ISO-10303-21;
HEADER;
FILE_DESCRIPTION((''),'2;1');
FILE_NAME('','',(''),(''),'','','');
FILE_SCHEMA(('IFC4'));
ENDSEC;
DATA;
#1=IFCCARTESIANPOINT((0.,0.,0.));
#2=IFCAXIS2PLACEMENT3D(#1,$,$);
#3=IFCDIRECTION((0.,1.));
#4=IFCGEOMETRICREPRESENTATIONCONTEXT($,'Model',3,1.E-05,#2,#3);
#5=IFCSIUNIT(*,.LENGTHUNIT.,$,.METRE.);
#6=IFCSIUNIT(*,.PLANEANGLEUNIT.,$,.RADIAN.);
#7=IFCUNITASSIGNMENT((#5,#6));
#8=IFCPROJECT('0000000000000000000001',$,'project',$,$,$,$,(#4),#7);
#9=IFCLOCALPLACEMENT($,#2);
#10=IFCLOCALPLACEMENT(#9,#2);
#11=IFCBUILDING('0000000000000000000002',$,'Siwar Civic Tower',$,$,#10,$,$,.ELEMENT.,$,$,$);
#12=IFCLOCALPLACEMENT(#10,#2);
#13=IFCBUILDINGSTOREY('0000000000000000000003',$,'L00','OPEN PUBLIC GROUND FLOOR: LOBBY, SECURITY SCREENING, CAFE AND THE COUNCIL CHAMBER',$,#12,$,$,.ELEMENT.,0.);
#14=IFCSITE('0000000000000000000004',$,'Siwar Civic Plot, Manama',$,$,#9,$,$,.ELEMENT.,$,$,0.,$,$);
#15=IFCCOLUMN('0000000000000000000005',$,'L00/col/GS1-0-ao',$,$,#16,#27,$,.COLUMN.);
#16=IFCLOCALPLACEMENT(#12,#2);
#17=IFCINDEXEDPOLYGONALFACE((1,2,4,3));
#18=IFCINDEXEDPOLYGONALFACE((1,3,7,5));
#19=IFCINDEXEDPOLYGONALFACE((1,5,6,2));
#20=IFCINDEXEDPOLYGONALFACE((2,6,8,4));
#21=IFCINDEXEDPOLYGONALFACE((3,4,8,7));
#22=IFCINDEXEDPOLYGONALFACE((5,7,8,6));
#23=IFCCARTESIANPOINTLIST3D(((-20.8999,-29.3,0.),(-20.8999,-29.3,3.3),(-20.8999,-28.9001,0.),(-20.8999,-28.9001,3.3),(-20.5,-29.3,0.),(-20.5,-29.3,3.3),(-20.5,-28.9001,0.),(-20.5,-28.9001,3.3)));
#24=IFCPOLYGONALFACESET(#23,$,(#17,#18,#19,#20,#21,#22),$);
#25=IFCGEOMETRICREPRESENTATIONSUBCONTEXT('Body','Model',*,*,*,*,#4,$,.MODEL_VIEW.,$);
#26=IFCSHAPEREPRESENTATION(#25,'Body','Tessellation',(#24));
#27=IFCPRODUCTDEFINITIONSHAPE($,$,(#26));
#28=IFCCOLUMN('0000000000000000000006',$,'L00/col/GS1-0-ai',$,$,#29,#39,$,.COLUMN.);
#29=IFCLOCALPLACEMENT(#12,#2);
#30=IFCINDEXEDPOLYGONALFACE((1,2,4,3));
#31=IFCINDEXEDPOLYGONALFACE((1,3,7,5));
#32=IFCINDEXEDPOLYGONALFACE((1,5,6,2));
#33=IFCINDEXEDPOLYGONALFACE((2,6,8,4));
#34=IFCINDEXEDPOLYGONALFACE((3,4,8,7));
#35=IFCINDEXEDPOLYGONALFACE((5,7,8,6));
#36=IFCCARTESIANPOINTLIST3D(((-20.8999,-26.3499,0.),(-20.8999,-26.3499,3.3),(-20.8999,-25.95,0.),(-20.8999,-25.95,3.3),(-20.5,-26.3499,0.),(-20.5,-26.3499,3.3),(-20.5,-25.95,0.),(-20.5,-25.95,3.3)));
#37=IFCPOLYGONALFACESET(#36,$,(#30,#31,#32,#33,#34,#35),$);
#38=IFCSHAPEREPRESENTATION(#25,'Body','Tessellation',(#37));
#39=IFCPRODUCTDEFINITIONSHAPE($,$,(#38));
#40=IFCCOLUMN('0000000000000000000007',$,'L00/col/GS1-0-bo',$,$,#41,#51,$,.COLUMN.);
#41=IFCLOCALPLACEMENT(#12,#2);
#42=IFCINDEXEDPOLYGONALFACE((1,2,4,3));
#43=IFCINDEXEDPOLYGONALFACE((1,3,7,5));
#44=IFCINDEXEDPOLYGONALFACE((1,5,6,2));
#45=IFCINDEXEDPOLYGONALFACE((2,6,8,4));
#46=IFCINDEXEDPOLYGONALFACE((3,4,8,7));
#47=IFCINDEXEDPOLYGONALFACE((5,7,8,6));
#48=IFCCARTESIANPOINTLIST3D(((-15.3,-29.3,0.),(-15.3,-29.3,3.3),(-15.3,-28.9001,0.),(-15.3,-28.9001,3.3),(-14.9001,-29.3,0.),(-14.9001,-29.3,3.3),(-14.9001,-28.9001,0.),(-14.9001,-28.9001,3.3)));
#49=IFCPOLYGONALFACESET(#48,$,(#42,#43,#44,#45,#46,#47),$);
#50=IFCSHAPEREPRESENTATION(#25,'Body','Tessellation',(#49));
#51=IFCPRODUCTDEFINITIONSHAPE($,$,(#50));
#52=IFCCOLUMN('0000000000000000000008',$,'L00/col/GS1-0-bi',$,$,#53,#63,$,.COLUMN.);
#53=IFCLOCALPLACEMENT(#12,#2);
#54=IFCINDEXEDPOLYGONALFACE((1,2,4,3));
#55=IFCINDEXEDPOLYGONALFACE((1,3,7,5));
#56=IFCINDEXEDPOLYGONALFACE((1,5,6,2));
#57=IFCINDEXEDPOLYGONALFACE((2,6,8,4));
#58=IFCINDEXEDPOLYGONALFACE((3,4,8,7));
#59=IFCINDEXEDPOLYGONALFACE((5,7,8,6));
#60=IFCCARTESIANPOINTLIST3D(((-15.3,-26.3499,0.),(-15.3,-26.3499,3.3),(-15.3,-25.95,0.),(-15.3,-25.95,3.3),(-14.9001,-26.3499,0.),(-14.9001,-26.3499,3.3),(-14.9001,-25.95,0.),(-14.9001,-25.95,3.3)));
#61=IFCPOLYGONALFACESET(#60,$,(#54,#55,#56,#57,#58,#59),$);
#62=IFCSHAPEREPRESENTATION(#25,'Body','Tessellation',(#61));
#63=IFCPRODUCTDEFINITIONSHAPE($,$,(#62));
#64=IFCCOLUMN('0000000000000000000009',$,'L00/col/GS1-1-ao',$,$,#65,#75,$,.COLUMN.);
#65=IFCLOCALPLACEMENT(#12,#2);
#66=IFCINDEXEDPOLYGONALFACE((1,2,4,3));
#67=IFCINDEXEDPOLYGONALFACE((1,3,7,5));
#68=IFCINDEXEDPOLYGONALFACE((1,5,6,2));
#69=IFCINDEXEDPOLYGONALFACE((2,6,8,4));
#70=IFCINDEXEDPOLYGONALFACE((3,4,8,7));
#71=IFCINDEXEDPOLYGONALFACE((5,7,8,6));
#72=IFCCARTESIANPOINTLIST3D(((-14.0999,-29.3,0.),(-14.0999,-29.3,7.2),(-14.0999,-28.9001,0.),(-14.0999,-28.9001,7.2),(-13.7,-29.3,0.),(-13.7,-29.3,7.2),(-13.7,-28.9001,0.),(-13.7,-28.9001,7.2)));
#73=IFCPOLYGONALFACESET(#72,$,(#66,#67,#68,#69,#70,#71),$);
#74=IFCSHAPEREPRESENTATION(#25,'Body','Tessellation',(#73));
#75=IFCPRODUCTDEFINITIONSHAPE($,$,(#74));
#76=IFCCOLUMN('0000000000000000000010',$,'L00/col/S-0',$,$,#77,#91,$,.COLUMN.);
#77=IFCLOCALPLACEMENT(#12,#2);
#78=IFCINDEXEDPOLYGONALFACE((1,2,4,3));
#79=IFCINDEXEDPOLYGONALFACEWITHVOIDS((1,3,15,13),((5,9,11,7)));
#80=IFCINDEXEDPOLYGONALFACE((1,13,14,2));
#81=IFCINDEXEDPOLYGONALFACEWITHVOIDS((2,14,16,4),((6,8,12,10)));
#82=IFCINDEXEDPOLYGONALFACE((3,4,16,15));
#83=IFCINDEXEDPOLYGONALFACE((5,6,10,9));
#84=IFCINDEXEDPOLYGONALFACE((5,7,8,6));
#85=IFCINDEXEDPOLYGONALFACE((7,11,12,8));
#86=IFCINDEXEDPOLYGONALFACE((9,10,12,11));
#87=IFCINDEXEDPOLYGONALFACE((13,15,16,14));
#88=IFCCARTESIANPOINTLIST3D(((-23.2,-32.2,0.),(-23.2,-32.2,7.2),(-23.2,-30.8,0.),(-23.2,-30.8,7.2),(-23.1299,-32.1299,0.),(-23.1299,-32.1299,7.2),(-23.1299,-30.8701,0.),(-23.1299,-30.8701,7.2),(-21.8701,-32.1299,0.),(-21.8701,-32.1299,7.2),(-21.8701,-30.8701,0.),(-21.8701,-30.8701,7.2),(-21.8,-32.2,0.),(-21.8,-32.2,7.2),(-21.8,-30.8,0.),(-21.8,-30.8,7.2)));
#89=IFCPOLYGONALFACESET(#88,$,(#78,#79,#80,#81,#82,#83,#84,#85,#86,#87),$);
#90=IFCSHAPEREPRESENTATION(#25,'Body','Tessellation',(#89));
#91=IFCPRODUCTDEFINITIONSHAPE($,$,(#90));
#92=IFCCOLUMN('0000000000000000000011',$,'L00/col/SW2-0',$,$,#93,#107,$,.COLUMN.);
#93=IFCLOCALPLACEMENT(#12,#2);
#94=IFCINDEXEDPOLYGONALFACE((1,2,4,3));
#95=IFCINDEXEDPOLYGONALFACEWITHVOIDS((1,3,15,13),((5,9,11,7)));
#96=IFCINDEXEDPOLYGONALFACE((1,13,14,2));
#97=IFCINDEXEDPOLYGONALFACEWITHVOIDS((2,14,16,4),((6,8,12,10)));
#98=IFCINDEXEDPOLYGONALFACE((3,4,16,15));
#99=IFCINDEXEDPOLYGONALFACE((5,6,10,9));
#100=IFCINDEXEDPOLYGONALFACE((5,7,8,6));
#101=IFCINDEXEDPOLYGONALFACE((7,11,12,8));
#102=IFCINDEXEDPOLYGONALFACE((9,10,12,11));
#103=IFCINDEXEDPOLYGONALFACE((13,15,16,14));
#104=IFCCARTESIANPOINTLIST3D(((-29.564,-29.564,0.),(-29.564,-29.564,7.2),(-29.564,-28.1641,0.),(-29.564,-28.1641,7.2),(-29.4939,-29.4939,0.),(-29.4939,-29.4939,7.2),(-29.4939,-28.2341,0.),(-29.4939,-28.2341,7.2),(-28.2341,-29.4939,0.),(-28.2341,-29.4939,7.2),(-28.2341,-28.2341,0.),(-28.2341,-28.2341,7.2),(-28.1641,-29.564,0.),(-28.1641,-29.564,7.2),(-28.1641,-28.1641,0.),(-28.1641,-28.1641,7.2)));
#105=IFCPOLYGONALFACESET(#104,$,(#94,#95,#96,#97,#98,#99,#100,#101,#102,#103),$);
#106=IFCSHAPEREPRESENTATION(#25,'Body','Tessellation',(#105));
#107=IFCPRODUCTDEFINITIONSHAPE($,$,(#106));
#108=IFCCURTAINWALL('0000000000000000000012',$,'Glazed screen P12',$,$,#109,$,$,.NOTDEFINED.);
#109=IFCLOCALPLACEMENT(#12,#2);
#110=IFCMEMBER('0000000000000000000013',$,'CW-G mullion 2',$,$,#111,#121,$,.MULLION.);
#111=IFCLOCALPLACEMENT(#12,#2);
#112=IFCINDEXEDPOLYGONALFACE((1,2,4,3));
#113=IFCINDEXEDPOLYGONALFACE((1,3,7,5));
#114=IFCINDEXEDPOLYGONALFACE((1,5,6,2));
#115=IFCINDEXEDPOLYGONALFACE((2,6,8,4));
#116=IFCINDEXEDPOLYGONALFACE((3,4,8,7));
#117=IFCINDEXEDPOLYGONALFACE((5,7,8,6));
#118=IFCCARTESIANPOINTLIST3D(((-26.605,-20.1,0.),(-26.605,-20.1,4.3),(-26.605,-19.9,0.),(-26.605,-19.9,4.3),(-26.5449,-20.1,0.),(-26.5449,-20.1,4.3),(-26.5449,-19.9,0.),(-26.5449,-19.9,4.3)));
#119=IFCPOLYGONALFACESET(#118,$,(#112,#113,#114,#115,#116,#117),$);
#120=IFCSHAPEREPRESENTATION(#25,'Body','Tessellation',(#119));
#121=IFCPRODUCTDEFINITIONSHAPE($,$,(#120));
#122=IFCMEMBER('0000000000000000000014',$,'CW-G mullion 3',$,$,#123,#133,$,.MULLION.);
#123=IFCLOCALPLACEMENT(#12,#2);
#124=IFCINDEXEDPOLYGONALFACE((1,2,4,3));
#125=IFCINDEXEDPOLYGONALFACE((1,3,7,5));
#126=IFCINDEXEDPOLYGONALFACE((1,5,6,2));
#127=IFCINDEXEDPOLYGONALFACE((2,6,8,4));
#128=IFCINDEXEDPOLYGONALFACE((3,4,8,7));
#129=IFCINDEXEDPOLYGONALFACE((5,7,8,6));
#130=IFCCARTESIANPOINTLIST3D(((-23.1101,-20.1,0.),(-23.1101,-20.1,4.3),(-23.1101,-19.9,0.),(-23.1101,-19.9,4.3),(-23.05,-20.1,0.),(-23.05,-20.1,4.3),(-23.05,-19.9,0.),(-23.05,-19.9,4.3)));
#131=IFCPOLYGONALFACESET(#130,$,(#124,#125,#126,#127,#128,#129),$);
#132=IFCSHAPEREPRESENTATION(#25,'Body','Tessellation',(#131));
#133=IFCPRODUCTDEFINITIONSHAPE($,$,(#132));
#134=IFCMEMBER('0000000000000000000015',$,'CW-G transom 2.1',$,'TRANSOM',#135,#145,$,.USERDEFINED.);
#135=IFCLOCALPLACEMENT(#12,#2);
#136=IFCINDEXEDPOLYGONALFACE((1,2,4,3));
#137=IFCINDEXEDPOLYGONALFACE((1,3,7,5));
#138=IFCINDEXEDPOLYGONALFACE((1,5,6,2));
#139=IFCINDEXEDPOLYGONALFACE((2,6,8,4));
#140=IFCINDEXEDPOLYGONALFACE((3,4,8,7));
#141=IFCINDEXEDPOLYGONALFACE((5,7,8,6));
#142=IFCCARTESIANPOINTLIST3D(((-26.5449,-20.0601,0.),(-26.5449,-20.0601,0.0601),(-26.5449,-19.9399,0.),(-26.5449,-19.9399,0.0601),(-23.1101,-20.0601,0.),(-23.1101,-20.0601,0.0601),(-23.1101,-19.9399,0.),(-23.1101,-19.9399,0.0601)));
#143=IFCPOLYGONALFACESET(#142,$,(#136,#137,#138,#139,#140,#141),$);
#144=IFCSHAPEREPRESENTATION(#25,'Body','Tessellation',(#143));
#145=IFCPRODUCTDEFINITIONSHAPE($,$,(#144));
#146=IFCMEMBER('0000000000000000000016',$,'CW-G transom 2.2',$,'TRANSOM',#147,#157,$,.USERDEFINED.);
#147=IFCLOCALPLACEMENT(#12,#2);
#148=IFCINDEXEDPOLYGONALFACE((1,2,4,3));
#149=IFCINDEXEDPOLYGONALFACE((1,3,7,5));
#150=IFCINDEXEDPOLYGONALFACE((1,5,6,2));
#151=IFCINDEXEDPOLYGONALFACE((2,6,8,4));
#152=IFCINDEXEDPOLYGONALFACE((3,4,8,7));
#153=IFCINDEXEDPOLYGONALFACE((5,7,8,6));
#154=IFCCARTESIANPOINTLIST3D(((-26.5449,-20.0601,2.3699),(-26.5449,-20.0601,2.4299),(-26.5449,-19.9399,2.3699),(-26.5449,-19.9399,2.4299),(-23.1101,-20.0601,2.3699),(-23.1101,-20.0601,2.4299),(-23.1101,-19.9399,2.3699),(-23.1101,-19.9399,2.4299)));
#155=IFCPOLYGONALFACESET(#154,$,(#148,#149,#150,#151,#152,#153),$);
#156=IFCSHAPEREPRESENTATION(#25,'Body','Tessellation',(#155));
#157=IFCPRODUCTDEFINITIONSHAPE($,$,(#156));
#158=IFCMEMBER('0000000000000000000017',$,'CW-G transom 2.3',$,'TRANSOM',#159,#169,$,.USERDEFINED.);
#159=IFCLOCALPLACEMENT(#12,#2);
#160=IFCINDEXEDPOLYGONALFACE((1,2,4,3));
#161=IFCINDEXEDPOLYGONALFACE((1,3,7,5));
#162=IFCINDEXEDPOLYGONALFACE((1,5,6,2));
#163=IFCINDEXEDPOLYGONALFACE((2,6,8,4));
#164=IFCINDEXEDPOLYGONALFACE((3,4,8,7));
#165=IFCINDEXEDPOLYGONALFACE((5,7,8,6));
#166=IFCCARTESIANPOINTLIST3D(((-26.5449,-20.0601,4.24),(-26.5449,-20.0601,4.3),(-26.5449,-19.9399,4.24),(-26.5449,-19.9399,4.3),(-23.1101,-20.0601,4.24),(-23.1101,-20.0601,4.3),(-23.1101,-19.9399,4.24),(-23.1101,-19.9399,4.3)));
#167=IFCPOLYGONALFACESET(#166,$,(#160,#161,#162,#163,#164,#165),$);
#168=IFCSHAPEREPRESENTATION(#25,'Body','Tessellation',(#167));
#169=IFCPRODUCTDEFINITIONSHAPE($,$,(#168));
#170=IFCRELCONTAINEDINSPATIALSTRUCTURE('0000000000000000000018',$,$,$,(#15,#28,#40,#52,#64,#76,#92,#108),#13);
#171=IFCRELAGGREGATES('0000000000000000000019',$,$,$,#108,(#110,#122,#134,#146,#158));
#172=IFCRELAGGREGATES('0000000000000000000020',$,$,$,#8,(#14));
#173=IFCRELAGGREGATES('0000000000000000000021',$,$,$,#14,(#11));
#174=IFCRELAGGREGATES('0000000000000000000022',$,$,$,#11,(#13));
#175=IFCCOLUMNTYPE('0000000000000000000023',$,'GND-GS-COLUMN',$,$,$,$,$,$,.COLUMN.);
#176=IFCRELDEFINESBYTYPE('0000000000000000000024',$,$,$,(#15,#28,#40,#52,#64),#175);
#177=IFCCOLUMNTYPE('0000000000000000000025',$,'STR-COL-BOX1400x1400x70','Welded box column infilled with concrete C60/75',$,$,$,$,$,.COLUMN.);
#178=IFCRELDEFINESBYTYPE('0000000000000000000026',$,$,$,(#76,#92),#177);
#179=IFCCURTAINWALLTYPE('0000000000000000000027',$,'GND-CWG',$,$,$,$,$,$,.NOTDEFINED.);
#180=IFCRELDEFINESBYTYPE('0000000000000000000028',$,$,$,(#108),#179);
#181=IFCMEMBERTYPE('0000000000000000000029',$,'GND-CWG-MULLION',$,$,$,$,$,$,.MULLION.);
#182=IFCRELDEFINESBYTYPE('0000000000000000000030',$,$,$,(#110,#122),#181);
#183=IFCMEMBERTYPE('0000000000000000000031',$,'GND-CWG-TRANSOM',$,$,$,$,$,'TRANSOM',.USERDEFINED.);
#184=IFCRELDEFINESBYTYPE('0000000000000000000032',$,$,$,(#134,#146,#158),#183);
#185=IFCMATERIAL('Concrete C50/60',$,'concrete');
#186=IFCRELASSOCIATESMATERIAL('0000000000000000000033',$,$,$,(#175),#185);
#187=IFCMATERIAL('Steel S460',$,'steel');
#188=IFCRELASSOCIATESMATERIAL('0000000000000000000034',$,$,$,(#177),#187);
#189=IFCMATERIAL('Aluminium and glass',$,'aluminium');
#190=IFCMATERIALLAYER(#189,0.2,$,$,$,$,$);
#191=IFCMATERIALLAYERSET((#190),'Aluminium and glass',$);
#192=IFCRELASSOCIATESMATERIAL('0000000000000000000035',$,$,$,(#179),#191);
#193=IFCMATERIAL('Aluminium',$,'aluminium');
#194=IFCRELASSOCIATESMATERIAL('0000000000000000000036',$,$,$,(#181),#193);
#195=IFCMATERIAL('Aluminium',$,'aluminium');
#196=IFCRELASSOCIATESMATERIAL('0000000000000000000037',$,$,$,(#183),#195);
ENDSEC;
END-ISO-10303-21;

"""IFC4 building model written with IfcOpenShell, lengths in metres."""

from ifc_helpers import new_model, si_unit, direction, frame, origin, origin_2d, place, context, subcontext, project, spatial, rectangle, hollow_rectangle, extrude, material, layer, layer_set, material_profile, profile_set, type_object, element, aggregate, save


model = new_model("IFC4")

# Units and contexts
model_context = context("Model", 3, precision=1e-05, world=origin(), true_north=direction((0.0, 1.0)))
body_context = subcontext(model_context, "Body", "Model", "MODEL_VIEW")
ifc_project = project(units=[si_unit("LENGTHUNIT", "METRE"), si_unit("PLANEANGLEUNIT", "RADIAN")], contexts=[model_context])

# Site, building, storey
site_placement = place(None, origin())
site = spatial("IfcSite", under=ifc_project, at=site_placement, Name="Siwar Civic Plot, Manama", CompositionType="ELEMENT", RefElevation=0.0)
building_placement = place(site_placement, origin())
building = spatial("IfcBuilding", under=site, at=building_placement, Name="Siwar Civic Tower", CompositionType="ELEMENT")
storey_placement = place(building_placement, origin())
storey = spatial("IfcBuildingStorey", under=building, at=storey_placement, Name="L00", Description="OPEN PUBLIC GROUND FLOOR: LOBBY, SECURITY SCREENING, CAFE AND THE COUNCIL CHAMBER", CompositionType="ELEMENT", Elevation=0.0)

# Columns
ifc_material_1 = material(Name="Concrete C50/60", Category="concrete")
ifc_material_profile_1 = material_profile(ifc_material_1, rectangle(XDim=0.3999, YDim=0.3999, at=origin_2d()), Name="RC400x400")
ifc_profile_set_1 = profile_set([ifc_material_profile_1], Name="Concrete C50/60")
column_type_1 = type_object("IfcColumnType", Name="GND-GS-COLUMN", PredefinedType="COLUMN", material=ifc_profile_set_1)
for number, where, z_axis, x_axis, name in (
    (1, (-20.7, -29.1001, 0.0), (0.0, 0.0, 1.0), (1.0, 0.0, 0.0), "L00/col/GS1-0-ao"),
    (2, (-20.7, -26.1499, 0.0), (0.0, 0.0, 1.0), (1.0, 0.0, 0.0), "L00/col/GS1-0-ai"),
    (3, (-15.1001, -29.1001, 0.0), (0.0, 0.0, 1.0), (1.0, 0.0, 0.0), "L00/col/GS1-0-bo"),
    (4, (-15.1001, -26.1499, 0.0), (0.0, 0.0, 1.0), (1.0, 0.0, 0.0), "L00/col/GS1-0-bi"),
):
    element("IfcColumn", number, at=place(storey_placement, frame(where, z_axis=z_axis, x_axis=x_axis)), inside=storey, type_object=column_type_1, Name=name, PredefinedType="COLUMN", context=body_context, shape_type="SweptSolid", body=[
        extrude(rectangle(XDim=0.3999, YDim=0.3999, at=origin_2d()), origin(), (0.0, 0.0, 1.0), 3.3),
    ])
column_placement = place(storey_placement, frame((-13.8999, -29.1001, 0.0), z_axis=(0.0, 0.0, 1.0), x_axis=(1.0, 0.0, 0.0)))
element("IfcColumn", 5, at=column_placement, inside=storey, type_object=column_type_1, Name="L00/col/GS1-1-ao", PredefinedType="COLUMN", context=body_context, shape_type="SweptSolid", body=[
    extrude(rectangle(XDim=0.3999, YDim=0.3999, at=origin_2d()), origin(), (0.0, 0.0, 1.0), 7.2),
])
ifc_material_2 = material(Name="Steel S460", Category="steel")
ifc_material_profile_2 = material_profile(ifc_material_2, hollow_rectangle(XDim=1.3999, YDim=1.3999, WallThickness=0.0701, at=origin_2d()), Name="BOX1400x1400x70")
ifc_profile_set_2 = profile_set([ifc_material_profile_2], Name="Steel S460")
column_type_2 = type_object("IfcColumnType", Name="STR-COL-BOX1400x1400x70", Description="Welded box column infilled with concrete C60/75", PredefinedType="COLUMN", material=ifc_profile_set_2)
for number, where, z_axis, x_axis, name in (
    (6, (-22.5, -31.5, 0.0), (0.0, 0.0, 1.0), (1.0, 0.0, 0.0), "L00/col/S-0"),
    (7, (-28.864, -28.864, 0.0), (0.0, 0.0, 1.0), (1.0, 0.0, 0.0), "L00/col/SW2-0"),
):
    element("IfcColumn", number, at=place(storey_placement, frame(where, z_axis=z_axis, x_axis=x_axis)), inside=storey, type_object=column_type_2, Name=name, PredefinedType="COLUMN", context=body_context, shape_type="SweptSolid", body=[
        extrude(hollow_rectangle(XDim=1.3999, YDim=1.3999, WallThickness=0.0701, at=origin_2d()), origin(), (0.0, 0.0, 1.0), 7.2),
    ])

# Curtain wall, members
ifc_material_3 = material(Name="Aluminium and glass", Category="aluminium")
ifc_layer_1 = layer(ifc_material_3, 0.2)
ifc_layer_set_1 = layer_set([ifc_layer_1], Name="Aluminium and glass")
curtain_wall_type = type_object("IfcCurtainWallType", Name="GND-CWG", PredefinedType="NOTDEFINED", material=ifc_layer_set_1)
curtain_wall_placement = place(storey_placement, origin())
curtain_wall = element("IfcCurtainWall", 8, at=curtain_wall_placement, inside=storey, type_object=curtain_wall_type, Name="Glazed screen P12", PredefinedType="NOTDEFINED")
ifc_material_4 = material(Name="Aluminium", Category="aluminium")
ifc_material_profile_3 = material_profile(ifc_material_4, rectangle(XDim=0.2, YDim=0.0601, at=origin_2d()), Name="AL 200x60")
ifc_profile_set_3 = profile_set([ifc_material_profile_3], Name="Aluminium")
member_type_1 = type_object("IfcMemberType", Name="GND-CWG-MULLION", PredefinedType="MULLION", material=ifc_profile_set_3)
member_1_placement = place(storey_placement, frame((-26.575, -20.0, 0.0), z_axis=(0.0, 0.0, 1.0), x_axis=(0.0, 1.0, 0.0)))
member_1 = element("IfcMember", 9, at=member_1_placement, type_object=member_type_1, Name="CW-G mullion 2", PredefinedType="MULLION", context=body_context, shape_type="SweptSolid", body=[
    extrude(rectangle(XDim=0.2, YDim=0.0601, at=origin_2d()), origin(), (0.0, 0.0, 1.0), 4.3),
])
member_2_placement = place(storey_placement, frame((-23.0801, -20.0, 0.0), z_axis=(0.0, 0.0, 1.0), x_axis=(0.0, 1.0, 0.0)))
member_2 = element("IfcMember", 10, at=member_2_placement, type_object=member_type_1, Name="CW-G mullion 3", PredefinedType="MULLION", context=body_context, shape_type="SweptSolid", body=[
    extrude(rectangle(XDim=0.2, YDim=0.0601, at=origin_2d()), origin(), (0.0, 0.0, 1.0), 4.3),
])
ifc_material_5 = material(Name="Aluminium", Category="aluminium")
ifc_material_profile_4 = material_profile(ifc_material_5, rectangle(XDim=0.1201, YDim=0.0601, at=origin_2d()), Name="AL 120x60")
ifc_profile_set_4 = profile_set([ifc_material_profile_4], Name="Aluminium")
member_type_2 = type_object("IfcMemberType", Name="GND-CWG-TRANSOM", ElementType="TRANSOM", PredefinedType="USERDEFINED", material=ifc_profile_set_4)
member_3_placement = place(storey_placement, frame((-26.5449, -20.0, 0.03), z_axis=(1.0, 0.0, 0.0), x_axis=(0.0, 1.0, 0.0)))
member_3 = element("IfcMember", 11, at=member_3_placement, type_object=member_type_2, Name="CW-G transom 2.1", ObjectType="TRANSOM", PredefinedType="USERDEFINED", context=body_context, shape_type="SweptSolid", body=[
    extrude(rectangle(XDim=0.1201, YDim=0.0601, at=origin_2d()), origin(), (0.0, 0.0, 1.0), 3.4348),
])
member_4_placement = place(storey_placement, frame((-26.5449, -20.0, 2.3999), z_axis=(1.0, 0.0, 0.0), x_axis=(0.0, 1.0, 0.0)))
member_4 = element("IfcMember", 12, at=member_4_placement, type_object=member_type_2, Name="CW-G transom 2.2", ObjectType="TRANSOM", PredefinedType="USERDEFINED", context=body_context, shape_type="SweptSolid", body=[
    extrude(rectangle(XDim=0.1201, YDim=0.0601, at=origin_2d()), origin(), (0.0, 0.0, 1.0), 3.4348),
])
member_5_placement = place(storey_placement, frame((-26.5449, -20.0, 4.27), z_axis=(1.0, 0.0, 0.0), x_axis=(0.0, 1.0, 0.0)))
member_5 = element("IfcMember", 13, at=member_5_placement, type_object=member_type_2, Name="CW-G transom 2.3", ObjectType="TRANSOM", PredefinedType="USERDEFINED", context=body_context, shape_type="SweptSolid", body=[
    extrude(rectangle(XDim=0.1201, YDim=0.0601, at=origin_2d()), origin(), (0.0, 0.0, 1.0), 3.4348),
])

aggregate(curtain_wall, [member_1, member_2, member_3, member_4, member_5])

save(model, "model.ifc")
